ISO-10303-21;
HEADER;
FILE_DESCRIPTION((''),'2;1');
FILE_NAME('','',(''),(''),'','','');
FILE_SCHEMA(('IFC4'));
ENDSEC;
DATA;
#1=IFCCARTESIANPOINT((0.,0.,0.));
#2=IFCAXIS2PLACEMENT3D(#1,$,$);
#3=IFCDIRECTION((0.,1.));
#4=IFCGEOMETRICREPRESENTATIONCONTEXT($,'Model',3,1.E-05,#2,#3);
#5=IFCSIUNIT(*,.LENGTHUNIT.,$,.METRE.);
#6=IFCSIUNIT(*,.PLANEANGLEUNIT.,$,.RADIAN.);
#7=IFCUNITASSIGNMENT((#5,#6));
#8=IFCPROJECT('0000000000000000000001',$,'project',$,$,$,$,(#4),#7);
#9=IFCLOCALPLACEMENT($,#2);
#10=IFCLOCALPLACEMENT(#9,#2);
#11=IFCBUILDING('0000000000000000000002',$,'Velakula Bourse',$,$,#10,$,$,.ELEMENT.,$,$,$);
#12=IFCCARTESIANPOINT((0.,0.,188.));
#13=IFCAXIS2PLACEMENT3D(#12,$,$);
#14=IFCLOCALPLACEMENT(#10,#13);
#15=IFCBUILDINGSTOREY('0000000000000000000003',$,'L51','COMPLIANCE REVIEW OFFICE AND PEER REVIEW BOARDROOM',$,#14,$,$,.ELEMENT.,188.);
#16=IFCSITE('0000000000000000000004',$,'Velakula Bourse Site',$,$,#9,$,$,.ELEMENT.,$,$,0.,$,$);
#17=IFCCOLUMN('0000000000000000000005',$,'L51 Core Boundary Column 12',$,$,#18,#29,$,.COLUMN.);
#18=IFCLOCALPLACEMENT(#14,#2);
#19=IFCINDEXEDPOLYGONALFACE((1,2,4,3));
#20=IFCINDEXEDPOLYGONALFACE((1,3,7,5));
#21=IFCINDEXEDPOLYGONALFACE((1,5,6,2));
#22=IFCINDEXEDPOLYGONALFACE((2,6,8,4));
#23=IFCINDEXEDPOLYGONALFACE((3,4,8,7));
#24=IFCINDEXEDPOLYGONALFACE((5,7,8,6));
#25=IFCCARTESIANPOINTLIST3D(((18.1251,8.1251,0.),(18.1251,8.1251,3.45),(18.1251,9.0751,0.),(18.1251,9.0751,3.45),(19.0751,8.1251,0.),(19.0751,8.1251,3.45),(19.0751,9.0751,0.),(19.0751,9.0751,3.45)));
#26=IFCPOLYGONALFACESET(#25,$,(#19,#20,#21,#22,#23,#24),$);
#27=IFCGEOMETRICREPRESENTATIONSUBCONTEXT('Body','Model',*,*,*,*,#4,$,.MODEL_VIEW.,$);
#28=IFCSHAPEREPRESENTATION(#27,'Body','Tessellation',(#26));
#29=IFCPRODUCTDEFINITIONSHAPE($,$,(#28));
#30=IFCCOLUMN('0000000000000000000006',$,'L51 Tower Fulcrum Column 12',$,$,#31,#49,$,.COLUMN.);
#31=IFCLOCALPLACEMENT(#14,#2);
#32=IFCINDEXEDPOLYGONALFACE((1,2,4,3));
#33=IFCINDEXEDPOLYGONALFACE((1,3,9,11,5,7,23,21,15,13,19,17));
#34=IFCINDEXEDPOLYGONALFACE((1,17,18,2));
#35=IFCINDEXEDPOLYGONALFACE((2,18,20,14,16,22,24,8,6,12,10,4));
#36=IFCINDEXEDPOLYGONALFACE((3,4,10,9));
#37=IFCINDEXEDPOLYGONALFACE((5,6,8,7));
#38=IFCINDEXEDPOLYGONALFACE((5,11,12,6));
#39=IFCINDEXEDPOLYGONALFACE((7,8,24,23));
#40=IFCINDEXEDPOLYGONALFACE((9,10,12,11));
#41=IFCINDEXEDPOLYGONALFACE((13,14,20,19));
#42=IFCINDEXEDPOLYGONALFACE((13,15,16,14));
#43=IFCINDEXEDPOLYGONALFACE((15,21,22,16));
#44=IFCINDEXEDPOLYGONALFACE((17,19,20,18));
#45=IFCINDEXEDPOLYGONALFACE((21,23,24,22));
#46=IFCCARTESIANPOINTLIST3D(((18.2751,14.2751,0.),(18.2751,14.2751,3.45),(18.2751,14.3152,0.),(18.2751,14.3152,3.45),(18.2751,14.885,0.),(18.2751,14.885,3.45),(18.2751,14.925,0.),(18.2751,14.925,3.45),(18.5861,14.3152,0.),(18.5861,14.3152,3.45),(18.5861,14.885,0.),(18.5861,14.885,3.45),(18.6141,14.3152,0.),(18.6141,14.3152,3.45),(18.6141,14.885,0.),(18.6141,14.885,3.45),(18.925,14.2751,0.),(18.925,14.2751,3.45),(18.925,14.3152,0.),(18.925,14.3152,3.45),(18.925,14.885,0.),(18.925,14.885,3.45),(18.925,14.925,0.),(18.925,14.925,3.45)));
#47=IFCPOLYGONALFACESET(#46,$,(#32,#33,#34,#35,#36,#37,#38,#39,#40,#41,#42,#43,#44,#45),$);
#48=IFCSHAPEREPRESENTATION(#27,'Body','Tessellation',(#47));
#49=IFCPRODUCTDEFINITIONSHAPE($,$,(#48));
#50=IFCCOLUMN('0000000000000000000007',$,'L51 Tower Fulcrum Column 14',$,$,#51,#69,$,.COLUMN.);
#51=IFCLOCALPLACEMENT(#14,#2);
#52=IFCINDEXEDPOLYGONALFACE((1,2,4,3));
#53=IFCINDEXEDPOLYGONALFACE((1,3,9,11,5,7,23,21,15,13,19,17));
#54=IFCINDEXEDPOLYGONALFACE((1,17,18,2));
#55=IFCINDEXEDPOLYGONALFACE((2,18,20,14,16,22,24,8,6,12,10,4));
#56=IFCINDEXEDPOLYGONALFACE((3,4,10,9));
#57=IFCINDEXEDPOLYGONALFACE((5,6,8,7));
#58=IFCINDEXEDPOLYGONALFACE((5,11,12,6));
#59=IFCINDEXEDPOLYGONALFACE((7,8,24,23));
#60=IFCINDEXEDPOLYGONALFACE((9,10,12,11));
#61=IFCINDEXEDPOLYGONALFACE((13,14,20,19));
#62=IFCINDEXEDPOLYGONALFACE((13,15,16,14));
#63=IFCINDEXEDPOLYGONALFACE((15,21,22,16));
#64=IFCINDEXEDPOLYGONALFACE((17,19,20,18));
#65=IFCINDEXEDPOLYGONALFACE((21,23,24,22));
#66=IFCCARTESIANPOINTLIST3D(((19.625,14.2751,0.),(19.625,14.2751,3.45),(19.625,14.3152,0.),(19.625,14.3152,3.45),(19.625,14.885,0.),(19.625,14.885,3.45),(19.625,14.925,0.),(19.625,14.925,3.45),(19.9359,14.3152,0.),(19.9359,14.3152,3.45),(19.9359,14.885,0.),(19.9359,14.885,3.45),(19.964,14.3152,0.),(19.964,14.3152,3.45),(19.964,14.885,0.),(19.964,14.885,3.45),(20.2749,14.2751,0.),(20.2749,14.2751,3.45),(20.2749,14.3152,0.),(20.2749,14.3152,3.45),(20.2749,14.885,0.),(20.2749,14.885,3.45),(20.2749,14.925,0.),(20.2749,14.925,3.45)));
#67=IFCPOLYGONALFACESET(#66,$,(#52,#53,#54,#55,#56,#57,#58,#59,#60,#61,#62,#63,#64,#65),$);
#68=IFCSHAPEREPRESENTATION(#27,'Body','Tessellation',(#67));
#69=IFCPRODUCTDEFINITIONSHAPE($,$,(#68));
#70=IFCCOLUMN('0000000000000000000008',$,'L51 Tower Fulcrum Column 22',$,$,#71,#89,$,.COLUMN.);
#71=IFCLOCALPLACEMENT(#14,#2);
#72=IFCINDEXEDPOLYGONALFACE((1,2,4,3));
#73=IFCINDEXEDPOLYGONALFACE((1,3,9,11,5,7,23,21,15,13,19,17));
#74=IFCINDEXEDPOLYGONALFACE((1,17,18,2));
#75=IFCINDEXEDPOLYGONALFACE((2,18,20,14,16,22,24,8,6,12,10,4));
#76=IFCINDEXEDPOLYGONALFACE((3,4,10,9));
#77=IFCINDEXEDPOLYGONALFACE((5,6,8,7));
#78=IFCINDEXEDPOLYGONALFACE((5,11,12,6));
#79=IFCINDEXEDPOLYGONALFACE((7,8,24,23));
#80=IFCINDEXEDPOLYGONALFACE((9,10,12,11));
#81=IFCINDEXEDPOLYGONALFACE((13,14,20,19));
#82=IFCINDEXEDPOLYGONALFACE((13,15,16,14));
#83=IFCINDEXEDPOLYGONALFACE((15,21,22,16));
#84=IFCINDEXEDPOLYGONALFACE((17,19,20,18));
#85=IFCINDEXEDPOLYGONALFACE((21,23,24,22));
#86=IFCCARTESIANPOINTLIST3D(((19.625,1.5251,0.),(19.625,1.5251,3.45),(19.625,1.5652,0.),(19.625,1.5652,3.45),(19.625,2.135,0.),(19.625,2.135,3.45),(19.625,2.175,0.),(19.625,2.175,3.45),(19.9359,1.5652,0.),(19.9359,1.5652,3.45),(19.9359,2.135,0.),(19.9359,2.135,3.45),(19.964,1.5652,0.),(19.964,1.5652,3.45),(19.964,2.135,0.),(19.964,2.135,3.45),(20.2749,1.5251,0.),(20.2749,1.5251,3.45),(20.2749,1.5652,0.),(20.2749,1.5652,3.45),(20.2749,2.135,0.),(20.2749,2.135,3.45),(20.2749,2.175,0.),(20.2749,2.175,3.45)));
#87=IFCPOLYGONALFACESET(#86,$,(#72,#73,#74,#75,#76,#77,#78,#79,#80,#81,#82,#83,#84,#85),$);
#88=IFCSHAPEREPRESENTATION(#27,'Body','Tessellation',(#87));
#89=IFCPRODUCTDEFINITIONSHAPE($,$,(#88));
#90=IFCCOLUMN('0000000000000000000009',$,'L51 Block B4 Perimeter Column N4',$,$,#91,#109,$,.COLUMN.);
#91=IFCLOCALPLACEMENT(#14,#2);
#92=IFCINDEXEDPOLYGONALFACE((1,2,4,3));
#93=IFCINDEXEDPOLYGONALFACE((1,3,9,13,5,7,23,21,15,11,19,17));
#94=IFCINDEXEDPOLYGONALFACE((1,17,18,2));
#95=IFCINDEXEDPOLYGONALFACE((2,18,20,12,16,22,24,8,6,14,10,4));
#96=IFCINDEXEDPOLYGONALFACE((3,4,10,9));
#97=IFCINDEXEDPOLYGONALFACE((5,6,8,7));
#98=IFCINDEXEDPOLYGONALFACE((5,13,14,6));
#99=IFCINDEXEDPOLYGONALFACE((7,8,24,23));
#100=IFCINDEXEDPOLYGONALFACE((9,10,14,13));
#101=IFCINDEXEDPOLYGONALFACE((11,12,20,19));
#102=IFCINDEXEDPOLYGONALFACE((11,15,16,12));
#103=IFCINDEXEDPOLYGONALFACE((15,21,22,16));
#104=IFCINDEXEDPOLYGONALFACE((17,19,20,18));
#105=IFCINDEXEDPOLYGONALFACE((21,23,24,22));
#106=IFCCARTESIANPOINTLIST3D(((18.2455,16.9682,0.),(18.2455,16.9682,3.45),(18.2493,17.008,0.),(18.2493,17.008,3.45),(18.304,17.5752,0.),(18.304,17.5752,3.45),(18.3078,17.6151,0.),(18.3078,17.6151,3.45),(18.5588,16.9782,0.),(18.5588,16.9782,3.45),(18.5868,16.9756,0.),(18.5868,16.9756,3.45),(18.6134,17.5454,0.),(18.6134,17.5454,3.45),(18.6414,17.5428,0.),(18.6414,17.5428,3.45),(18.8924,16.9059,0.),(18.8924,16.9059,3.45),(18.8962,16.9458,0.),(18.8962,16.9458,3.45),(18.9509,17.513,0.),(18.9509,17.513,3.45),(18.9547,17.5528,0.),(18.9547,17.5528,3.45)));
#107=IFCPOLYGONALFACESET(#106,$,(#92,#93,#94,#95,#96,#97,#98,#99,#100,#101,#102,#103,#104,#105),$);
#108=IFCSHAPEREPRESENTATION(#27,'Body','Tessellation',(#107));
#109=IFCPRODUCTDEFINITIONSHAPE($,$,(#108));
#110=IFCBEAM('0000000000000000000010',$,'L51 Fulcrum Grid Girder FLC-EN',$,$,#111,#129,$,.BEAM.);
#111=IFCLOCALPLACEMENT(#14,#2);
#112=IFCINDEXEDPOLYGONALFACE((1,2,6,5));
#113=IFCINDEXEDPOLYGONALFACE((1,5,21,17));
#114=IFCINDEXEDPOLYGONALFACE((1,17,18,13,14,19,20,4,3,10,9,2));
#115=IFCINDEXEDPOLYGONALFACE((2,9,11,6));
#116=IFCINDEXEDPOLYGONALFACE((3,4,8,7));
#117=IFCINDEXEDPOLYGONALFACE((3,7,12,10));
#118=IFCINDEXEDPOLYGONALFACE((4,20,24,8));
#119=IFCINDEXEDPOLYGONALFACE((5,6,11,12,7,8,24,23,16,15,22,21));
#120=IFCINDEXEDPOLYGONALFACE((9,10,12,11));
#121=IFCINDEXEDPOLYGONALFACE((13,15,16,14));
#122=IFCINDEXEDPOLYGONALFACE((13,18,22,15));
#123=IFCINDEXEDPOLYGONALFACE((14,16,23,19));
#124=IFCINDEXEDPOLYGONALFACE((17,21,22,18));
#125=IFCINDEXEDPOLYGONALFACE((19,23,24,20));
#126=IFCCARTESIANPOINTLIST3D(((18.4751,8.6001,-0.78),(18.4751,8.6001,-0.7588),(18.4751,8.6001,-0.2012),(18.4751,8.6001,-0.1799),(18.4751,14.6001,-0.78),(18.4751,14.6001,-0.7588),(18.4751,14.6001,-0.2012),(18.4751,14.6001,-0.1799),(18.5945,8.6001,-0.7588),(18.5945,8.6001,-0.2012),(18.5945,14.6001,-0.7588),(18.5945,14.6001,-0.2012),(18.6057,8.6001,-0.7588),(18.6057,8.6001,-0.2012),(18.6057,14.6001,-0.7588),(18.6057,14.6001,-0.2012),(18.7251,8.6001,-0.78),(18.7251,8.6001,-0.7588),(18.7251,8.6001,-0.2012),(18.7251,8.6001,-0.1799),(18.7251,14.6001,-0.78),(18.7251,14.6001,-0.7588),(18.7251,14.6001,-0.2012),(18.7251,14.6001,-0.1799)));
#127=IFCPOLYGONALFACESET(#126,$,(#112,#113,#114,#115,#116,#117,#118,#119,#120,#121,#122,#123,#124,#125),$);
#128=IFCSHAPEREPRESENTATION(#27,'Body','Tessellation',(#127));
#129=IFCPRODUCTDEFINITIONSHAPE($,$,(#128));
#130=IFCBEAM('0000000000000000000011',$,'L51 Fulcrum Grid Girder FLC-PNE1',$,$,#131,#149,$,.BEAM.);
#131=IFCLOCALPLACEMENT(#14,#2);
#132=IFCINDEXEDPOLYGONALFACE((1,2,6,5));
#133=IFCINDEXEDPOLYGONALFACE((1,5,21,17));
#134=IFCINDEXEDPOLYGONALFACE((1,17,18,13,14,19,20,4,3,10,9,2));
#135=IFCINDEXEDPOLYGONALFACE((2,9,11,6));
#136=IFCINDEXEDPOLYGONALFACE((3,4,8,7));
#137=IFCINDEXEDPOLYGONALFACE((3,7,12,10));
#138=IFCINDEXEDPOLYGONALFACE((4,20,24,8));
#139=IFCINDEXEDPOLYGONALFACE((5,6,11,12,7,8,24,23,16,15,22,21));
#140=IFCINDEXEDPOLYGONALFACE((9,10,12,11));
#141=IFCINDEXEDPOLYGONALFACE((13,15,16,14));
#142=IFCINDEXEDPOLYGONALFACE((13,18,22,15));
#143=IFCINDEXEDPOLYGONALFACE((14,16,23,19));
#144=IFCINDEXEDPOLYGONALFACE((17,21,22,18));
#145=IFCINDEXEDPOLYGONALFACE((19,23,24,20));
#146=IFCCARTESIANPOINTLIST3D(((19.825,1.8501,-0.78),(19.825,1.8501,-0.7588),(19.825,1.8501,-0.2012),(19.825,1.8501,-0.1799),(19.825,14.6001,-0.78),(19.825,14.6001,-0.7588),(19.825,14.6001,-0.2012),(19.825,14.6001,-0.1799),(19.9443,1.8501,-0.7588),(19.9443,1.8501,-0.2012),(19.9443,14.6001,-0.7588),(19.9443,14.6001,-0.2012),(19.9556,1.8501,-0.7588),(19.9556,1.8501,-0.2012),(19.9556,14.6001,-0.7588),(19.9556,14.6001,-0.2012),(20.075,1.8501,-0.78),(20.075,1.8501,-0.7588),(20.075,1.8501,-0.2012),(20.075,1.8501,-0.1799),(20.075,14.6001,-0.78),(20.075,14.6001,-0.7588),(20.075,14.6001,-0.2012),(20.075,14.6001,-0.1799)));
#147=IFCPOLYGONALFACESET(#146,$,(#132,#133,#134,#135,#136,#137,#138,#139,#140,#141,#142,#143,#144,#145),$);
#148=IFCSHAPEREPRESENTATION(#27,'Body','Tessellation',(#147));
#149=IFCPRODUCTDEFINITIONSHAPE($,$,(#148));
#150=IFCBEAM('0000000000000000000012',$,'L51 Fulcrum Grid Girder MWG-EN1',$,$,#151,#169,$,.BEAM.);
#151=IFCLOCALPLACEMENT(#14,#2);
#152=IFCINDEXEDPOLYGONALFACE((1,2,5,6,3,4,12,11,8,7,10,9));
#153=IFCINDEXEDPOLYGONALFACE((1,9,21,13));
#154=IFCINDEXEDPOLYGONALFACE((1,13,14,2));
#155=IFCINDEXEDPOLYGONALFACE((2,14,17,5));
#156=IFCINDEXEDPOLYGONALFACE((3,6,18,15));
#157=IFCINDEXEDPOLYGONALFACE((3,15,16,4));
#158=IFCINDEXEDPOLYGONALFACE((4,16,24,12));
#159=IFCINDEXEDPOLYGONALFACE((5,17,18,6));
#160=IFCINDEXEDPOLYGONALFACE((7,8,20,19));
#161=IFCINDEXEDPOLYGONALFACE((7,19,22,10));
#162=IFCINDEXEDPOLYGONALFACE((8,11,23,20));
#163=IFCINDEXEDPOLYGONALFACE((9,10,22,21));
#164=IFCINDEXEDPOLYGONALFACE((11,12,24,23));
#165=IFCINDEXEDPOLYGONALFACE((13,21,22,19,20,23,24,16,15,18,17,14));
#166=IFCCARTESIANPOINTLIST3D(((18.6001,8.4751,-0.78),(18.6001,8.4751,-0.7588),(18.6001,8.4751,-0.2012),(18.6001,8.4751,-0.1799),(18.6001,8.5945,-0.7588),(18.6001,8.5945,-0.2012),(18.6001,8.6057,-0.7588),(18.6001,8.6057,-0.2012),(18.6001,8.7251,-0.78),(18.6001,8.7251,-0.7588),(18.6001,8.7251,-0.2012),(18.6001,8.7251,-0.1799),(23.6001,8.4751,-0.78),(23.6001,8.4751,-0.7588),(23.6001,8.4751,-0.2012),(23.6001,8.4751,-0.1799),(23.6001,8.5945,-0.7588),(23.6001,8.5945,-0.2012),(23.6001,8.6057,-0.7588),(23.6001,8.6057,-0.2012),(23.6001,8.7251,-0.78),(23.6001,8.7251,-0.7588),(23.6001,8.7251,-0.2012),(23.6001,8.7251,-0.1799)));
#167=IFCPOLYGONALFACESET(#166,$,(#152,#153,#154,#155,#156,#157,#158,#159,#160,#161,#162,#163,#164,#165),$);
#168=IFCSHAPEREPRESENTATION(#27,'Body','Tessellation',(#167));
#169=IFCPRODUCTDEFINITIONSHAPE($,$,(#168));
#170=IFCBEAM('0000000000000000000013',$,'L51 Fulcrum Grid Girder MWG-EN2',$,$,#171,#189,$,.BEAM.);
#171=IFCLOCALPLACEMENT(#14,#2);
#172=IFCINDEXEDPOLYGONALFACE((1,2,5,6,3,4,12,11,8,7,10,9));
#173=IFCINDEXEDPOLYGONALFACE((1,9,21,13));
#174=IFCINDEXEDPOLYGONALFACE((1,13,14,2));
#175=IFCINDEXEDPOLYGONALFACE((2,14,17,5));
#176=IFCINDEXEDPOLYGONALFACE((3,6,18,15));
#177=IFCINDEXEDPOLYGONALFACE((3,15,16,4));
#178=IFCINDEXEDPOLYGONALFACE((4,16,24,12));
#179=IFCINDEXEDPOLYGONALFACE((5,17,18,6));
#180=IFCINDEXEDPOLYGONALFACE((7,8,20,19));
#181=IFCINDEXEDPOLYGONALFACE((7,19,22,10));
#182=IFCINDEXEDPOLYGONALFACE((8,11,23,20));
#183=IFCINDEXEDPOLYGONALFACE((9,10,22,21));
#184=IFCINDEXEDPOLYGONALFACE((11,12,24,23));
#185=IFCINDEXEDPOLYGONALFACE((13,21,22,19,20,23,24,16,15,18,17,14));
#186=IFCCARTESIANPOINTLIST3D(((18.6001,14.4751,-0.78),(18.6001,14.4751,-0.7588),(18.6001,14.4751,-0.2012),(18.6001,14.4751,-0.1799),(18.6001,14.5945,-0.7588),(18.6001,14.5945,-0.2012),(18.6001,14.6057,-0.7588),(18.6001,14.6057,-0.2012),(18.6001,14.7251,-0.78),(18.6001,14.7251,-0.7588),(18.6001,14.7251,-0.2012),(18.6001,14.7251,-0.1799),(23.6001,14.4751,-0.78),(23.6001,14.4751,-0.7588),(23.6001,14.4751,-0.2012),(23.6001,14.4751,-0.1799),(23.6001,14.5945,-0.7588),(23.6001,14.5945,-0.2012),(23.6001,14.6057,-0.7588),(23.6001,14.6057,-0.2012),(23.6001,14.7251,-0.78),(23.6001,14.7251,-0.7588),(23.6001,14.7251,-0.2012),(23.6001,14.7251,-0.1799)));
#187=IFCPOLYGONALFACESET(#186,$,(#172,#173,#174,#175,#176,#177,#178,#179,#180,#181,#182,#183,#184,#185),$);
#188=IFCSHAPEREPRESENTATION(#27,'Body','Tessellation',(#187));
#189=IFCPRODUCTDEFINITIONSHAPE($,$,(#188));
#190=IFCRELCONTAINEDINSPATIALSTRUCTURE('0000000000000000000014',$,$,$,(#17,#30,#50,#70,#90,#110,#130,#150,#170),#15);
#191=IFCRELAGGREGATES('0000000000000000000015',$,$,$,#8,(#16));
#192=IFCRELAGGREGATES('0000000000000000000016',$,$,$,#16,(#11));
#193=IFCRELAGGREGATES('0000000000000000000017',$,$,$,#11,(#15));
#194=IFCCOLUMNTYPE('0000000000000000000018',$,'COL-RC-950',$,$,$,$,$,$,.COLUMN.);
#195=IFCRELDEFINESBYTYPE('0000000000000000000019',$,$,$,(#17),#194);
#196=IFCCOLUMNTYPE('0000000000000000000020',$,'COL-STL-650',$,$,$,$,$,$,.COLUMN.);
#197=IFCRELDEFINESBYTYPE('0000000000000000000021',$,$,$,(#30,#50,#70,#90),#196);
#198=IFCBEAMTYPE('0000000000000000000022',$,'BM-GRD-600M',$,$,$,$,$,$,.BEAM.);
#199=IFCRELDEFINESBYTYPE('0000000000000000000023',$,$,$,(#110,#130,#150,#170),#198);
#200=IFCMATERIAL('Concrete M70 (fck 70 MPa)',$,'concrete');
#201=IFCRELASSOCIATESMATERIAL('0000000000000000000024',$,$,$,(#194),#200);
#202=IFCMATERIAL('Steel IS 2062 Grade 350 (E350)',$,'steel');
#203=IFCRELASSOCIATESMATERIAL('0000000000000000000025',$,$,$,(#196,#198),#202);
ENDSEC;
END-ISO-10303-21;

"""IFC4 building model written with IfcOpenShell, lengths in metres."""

from ifc_helpers import new_model, si_unit, direction, frame, origin, origin_2d, place, context, subcontext, project, spatial, rectangle, i_section, extrude, material, material_profile, profile_set, type_object, element, save


model = new_model("IFC4")

# Units and contexts
model_context = context("Model", 3, precision=1e-05, world=origin(), true_north=direction((0.0, 1.0)))
body_context = subcontext(model_context, "Body", "Model", "MODEL_VIEW")
ifc_project = project(units=[si_unit("LENGTHUNIT", "METRE"), si_unit("PLANEANGLEUNIT", "RADIAN")], contexts=[model_context])

# Site, building, storey
site_placement = place(None, origin())
site = spatial("IfcSite", under=ifc_project, at=site_placement, Name="Velakula Bourse Site", CompositionType="ELEMENT", RefElevation=0.0)
building_placement = place(site_placement, origin())
building = spatial("IfcBuilding", under=site, at=building_placement, Name="Velakula Bourse", CompositionType="ELEMENT")
storey_placement = place(building_placement, frame((0.0, 0.0, 188.0)))
storey = spatial("IfcBuildingStorey", under=building, at=storey_placement, Name="L51", Description="COMPLIANCE REVIEW OFFICE AND PEER REVIEW BOARDROOM", CompositionType="ELEMENT", Elevation=188.0)

# Columns
ifc_material_1 = material(Name="Concrete M70 (fck 70 MPa)", Category="concrete")
ifc_material_profile_1 = material_profile(ifc_material_1, rectangle(XDim=0.95, YDim=0.95, at=origin_2d()), Name="Concrete M70 (fck 70 MPa)")
ifc_profile_set_1 = profile_set([ifc_material_profile_1], Name="Concrete M70 (fck 70 MPa)")
column_type_1 = type_object("IfcColumnType", Name="COL-RC-950", PredefinedType="COLUMN", material=ifc_profile_set_1)
column_placement = place(storey_placement, frame((18.6001, 8.6001, 0.0), z_axis=(0.0, 0.0, 1.0), x_axis=(1.0, 0.0, 0.0)))
element("IfcColumn", 1, at=column_placement, inside=storey, type_object=column_type_1, Name="L51 Core Boundary Column 12", PredefinedType="COLUMN", context=body_context, shape_type="SweptSolid", body=[
    extrude(rectangle(XDim=0.95, YDim=0.95, at=origin_2d()), origin(), (0.0, 0.0, 1.0), 3.45),
])
ifc_material_2 = material(Name="Steel IS 2062 Grade 350 (E350)", Category="steel")
ifc_material_profile_2 = material_profile(ifc_material_2, i_section(OverallWidth=0.6499, OverallDepth=0.6499, WebThickness=0.0281, FlangeThickness=0.04, at=origin_2d()), Name="Steel IS 2062 Grade 350 (E350)")
ifc_profile_set_2 = profile_set([ifc_material_profile_2], Name="Steel IS 2062 Grade 350 (E350)")
column_type_2 = type_object("IfcColumnType", Name="COL-STL-650", PredefinedType="COLUMN", material=ifc_profile_set_2)
for number, where, z_axis, x_axis, name in (
    (2, (18.6001, 14.6001, 0.0), (0.0, 0.0, 1.0), (1.0, 0.0, 0.0), "L51 Tower Fulcrum Column 12"),
    (3, (19.95, 14.6001, 0.0), (0.0, 0.0, 1.0), (1.0, 0.0, 0.0), "L51 Tower Fulcrum Column 14"),
    (4, (19.95, 1.8501, 0.0), (0.0, 0.0, 1.0), (1.0, 0.0, 0.0), "L51 Tower Fulcrum Column 22"),
    (5, (18.6001, 17.2605, 0.0), (0.0, 0.0, 1.0), (0.995396, -0.095846, 0.0), "L51 Block B4 Perimeter Column N4"),
):
    element("IfcColumn", number, at=place(storey_placement, frame(where, z_axis=z_axis, x_axis=x_axis)), inside=storey, type_object=column_type_2, Name=name, PredefinedType="COLUMN", context=body_context, shape_type="SweptSolid", body=[
        extrude(i_section(OverallWidth=0.6499, OverallDepth=0.6499, WebThickness=0.0281, FlangeThickness=0.04, at=origin_2d()), origin(), (0.0, 0.0, 1.0), 3.45),
    ])

# Beams
ifc_material_profile_3 = material_profile(ifc_material_2, i_section(OverallWidth=0.25, OverallDepth=0.6001, WebThickness=0.0112, FlangeThickness=0.0212, at=origin_2d()), Name="Steel IS 2062 Grade 350 (E350)")
ifc_profile_set_3 = profile_set([ifc_material_profile_3], Name="Steel IS 2062 Grade 350 (E350)")
beam_type_1 = type_object("IfcBeamType", Name="BM-GRD-600M", PredefinedType="BEAM", material=ifc_profile_set_3)
beam_1_placement = place(storey_placement, frame((18.6001, 8.6001, -0.48), z_axis=(0.0, 1.0, 0.0), x_axis=(-1.0, 0.0, 0.0)))
element("IfcBeam", 6, at=beam_1_placement, inside=storey, type_object=beam_type_1, Name="L51 Fulcrum Grid Girder FLC-EN", PredefinedType="BEAM", context=body_context, shape_type="SweptSolid", body=[
    extrude(i_section(OverallWidth=0.25, OverallDepth=0.6001, WebThickness=0.0112, FlangeThickness=0.0212, at=origin_2d()), origin(), (0.0, 0.0, 1.0), 6.0),
])
beam_2_placement = place(storey_placement, frame((19.95, 1.8501, -0.48), z_axis=(0.0, 1.0, 0.0), x_axis=(-1.0, 0.0, 0.0)))
element("IfcBeam", 7, at=beam_2_placement, inside=storey, type_object=beam_type_1, Name="L51 Fulcrum Grid Girder FLC-PNE1", PredefinedType="BEAM", context=body_context, shape_type="SweptSolid", body=[
    extrude(i_section(OverallWidth=0.25, OverallDepth=0.6001, WebThickness=0.0112, FlangeThickness=0.0212, at=origin_2d()), origin(), (0.0, 0.0, 1.0), 12.75),
])
for number, where, z_axis, x_axis, name in (
    (8, (18.6001, 8.6001, -0.48), (1.0, 0.0, 0.0), (0.0, 1.0, 0.0), "L51 Fulcrum Grid Girder MWG-EN1"),
    (9, (18.6001, 14.6001, -0.48), (1.0, 0.0, 0.0), (0.0, 1.0, 0.0), "L51 Fulcrum Grid Girder MWG-EN2"),
):
    element("IfcBeam", number, at=place(storey_placement, frame(where, z_axis=z_axis, x_axis=x_axis)), inside=storey, type_object=beam_type_1, Name=name, PredefinedType="BEAM", context=body_context, shape_type="SweptSolid", body=[
        extrude(i_section(OverallWidth=0.25, OverallDepth=0.6001, WebThickness=0.0112, FlangeThickness=0.0212, at=origin_2d()), origin(), (0.0, 0.0, 1.0), 5.0),
    ])

save(model, "model.ifc")
